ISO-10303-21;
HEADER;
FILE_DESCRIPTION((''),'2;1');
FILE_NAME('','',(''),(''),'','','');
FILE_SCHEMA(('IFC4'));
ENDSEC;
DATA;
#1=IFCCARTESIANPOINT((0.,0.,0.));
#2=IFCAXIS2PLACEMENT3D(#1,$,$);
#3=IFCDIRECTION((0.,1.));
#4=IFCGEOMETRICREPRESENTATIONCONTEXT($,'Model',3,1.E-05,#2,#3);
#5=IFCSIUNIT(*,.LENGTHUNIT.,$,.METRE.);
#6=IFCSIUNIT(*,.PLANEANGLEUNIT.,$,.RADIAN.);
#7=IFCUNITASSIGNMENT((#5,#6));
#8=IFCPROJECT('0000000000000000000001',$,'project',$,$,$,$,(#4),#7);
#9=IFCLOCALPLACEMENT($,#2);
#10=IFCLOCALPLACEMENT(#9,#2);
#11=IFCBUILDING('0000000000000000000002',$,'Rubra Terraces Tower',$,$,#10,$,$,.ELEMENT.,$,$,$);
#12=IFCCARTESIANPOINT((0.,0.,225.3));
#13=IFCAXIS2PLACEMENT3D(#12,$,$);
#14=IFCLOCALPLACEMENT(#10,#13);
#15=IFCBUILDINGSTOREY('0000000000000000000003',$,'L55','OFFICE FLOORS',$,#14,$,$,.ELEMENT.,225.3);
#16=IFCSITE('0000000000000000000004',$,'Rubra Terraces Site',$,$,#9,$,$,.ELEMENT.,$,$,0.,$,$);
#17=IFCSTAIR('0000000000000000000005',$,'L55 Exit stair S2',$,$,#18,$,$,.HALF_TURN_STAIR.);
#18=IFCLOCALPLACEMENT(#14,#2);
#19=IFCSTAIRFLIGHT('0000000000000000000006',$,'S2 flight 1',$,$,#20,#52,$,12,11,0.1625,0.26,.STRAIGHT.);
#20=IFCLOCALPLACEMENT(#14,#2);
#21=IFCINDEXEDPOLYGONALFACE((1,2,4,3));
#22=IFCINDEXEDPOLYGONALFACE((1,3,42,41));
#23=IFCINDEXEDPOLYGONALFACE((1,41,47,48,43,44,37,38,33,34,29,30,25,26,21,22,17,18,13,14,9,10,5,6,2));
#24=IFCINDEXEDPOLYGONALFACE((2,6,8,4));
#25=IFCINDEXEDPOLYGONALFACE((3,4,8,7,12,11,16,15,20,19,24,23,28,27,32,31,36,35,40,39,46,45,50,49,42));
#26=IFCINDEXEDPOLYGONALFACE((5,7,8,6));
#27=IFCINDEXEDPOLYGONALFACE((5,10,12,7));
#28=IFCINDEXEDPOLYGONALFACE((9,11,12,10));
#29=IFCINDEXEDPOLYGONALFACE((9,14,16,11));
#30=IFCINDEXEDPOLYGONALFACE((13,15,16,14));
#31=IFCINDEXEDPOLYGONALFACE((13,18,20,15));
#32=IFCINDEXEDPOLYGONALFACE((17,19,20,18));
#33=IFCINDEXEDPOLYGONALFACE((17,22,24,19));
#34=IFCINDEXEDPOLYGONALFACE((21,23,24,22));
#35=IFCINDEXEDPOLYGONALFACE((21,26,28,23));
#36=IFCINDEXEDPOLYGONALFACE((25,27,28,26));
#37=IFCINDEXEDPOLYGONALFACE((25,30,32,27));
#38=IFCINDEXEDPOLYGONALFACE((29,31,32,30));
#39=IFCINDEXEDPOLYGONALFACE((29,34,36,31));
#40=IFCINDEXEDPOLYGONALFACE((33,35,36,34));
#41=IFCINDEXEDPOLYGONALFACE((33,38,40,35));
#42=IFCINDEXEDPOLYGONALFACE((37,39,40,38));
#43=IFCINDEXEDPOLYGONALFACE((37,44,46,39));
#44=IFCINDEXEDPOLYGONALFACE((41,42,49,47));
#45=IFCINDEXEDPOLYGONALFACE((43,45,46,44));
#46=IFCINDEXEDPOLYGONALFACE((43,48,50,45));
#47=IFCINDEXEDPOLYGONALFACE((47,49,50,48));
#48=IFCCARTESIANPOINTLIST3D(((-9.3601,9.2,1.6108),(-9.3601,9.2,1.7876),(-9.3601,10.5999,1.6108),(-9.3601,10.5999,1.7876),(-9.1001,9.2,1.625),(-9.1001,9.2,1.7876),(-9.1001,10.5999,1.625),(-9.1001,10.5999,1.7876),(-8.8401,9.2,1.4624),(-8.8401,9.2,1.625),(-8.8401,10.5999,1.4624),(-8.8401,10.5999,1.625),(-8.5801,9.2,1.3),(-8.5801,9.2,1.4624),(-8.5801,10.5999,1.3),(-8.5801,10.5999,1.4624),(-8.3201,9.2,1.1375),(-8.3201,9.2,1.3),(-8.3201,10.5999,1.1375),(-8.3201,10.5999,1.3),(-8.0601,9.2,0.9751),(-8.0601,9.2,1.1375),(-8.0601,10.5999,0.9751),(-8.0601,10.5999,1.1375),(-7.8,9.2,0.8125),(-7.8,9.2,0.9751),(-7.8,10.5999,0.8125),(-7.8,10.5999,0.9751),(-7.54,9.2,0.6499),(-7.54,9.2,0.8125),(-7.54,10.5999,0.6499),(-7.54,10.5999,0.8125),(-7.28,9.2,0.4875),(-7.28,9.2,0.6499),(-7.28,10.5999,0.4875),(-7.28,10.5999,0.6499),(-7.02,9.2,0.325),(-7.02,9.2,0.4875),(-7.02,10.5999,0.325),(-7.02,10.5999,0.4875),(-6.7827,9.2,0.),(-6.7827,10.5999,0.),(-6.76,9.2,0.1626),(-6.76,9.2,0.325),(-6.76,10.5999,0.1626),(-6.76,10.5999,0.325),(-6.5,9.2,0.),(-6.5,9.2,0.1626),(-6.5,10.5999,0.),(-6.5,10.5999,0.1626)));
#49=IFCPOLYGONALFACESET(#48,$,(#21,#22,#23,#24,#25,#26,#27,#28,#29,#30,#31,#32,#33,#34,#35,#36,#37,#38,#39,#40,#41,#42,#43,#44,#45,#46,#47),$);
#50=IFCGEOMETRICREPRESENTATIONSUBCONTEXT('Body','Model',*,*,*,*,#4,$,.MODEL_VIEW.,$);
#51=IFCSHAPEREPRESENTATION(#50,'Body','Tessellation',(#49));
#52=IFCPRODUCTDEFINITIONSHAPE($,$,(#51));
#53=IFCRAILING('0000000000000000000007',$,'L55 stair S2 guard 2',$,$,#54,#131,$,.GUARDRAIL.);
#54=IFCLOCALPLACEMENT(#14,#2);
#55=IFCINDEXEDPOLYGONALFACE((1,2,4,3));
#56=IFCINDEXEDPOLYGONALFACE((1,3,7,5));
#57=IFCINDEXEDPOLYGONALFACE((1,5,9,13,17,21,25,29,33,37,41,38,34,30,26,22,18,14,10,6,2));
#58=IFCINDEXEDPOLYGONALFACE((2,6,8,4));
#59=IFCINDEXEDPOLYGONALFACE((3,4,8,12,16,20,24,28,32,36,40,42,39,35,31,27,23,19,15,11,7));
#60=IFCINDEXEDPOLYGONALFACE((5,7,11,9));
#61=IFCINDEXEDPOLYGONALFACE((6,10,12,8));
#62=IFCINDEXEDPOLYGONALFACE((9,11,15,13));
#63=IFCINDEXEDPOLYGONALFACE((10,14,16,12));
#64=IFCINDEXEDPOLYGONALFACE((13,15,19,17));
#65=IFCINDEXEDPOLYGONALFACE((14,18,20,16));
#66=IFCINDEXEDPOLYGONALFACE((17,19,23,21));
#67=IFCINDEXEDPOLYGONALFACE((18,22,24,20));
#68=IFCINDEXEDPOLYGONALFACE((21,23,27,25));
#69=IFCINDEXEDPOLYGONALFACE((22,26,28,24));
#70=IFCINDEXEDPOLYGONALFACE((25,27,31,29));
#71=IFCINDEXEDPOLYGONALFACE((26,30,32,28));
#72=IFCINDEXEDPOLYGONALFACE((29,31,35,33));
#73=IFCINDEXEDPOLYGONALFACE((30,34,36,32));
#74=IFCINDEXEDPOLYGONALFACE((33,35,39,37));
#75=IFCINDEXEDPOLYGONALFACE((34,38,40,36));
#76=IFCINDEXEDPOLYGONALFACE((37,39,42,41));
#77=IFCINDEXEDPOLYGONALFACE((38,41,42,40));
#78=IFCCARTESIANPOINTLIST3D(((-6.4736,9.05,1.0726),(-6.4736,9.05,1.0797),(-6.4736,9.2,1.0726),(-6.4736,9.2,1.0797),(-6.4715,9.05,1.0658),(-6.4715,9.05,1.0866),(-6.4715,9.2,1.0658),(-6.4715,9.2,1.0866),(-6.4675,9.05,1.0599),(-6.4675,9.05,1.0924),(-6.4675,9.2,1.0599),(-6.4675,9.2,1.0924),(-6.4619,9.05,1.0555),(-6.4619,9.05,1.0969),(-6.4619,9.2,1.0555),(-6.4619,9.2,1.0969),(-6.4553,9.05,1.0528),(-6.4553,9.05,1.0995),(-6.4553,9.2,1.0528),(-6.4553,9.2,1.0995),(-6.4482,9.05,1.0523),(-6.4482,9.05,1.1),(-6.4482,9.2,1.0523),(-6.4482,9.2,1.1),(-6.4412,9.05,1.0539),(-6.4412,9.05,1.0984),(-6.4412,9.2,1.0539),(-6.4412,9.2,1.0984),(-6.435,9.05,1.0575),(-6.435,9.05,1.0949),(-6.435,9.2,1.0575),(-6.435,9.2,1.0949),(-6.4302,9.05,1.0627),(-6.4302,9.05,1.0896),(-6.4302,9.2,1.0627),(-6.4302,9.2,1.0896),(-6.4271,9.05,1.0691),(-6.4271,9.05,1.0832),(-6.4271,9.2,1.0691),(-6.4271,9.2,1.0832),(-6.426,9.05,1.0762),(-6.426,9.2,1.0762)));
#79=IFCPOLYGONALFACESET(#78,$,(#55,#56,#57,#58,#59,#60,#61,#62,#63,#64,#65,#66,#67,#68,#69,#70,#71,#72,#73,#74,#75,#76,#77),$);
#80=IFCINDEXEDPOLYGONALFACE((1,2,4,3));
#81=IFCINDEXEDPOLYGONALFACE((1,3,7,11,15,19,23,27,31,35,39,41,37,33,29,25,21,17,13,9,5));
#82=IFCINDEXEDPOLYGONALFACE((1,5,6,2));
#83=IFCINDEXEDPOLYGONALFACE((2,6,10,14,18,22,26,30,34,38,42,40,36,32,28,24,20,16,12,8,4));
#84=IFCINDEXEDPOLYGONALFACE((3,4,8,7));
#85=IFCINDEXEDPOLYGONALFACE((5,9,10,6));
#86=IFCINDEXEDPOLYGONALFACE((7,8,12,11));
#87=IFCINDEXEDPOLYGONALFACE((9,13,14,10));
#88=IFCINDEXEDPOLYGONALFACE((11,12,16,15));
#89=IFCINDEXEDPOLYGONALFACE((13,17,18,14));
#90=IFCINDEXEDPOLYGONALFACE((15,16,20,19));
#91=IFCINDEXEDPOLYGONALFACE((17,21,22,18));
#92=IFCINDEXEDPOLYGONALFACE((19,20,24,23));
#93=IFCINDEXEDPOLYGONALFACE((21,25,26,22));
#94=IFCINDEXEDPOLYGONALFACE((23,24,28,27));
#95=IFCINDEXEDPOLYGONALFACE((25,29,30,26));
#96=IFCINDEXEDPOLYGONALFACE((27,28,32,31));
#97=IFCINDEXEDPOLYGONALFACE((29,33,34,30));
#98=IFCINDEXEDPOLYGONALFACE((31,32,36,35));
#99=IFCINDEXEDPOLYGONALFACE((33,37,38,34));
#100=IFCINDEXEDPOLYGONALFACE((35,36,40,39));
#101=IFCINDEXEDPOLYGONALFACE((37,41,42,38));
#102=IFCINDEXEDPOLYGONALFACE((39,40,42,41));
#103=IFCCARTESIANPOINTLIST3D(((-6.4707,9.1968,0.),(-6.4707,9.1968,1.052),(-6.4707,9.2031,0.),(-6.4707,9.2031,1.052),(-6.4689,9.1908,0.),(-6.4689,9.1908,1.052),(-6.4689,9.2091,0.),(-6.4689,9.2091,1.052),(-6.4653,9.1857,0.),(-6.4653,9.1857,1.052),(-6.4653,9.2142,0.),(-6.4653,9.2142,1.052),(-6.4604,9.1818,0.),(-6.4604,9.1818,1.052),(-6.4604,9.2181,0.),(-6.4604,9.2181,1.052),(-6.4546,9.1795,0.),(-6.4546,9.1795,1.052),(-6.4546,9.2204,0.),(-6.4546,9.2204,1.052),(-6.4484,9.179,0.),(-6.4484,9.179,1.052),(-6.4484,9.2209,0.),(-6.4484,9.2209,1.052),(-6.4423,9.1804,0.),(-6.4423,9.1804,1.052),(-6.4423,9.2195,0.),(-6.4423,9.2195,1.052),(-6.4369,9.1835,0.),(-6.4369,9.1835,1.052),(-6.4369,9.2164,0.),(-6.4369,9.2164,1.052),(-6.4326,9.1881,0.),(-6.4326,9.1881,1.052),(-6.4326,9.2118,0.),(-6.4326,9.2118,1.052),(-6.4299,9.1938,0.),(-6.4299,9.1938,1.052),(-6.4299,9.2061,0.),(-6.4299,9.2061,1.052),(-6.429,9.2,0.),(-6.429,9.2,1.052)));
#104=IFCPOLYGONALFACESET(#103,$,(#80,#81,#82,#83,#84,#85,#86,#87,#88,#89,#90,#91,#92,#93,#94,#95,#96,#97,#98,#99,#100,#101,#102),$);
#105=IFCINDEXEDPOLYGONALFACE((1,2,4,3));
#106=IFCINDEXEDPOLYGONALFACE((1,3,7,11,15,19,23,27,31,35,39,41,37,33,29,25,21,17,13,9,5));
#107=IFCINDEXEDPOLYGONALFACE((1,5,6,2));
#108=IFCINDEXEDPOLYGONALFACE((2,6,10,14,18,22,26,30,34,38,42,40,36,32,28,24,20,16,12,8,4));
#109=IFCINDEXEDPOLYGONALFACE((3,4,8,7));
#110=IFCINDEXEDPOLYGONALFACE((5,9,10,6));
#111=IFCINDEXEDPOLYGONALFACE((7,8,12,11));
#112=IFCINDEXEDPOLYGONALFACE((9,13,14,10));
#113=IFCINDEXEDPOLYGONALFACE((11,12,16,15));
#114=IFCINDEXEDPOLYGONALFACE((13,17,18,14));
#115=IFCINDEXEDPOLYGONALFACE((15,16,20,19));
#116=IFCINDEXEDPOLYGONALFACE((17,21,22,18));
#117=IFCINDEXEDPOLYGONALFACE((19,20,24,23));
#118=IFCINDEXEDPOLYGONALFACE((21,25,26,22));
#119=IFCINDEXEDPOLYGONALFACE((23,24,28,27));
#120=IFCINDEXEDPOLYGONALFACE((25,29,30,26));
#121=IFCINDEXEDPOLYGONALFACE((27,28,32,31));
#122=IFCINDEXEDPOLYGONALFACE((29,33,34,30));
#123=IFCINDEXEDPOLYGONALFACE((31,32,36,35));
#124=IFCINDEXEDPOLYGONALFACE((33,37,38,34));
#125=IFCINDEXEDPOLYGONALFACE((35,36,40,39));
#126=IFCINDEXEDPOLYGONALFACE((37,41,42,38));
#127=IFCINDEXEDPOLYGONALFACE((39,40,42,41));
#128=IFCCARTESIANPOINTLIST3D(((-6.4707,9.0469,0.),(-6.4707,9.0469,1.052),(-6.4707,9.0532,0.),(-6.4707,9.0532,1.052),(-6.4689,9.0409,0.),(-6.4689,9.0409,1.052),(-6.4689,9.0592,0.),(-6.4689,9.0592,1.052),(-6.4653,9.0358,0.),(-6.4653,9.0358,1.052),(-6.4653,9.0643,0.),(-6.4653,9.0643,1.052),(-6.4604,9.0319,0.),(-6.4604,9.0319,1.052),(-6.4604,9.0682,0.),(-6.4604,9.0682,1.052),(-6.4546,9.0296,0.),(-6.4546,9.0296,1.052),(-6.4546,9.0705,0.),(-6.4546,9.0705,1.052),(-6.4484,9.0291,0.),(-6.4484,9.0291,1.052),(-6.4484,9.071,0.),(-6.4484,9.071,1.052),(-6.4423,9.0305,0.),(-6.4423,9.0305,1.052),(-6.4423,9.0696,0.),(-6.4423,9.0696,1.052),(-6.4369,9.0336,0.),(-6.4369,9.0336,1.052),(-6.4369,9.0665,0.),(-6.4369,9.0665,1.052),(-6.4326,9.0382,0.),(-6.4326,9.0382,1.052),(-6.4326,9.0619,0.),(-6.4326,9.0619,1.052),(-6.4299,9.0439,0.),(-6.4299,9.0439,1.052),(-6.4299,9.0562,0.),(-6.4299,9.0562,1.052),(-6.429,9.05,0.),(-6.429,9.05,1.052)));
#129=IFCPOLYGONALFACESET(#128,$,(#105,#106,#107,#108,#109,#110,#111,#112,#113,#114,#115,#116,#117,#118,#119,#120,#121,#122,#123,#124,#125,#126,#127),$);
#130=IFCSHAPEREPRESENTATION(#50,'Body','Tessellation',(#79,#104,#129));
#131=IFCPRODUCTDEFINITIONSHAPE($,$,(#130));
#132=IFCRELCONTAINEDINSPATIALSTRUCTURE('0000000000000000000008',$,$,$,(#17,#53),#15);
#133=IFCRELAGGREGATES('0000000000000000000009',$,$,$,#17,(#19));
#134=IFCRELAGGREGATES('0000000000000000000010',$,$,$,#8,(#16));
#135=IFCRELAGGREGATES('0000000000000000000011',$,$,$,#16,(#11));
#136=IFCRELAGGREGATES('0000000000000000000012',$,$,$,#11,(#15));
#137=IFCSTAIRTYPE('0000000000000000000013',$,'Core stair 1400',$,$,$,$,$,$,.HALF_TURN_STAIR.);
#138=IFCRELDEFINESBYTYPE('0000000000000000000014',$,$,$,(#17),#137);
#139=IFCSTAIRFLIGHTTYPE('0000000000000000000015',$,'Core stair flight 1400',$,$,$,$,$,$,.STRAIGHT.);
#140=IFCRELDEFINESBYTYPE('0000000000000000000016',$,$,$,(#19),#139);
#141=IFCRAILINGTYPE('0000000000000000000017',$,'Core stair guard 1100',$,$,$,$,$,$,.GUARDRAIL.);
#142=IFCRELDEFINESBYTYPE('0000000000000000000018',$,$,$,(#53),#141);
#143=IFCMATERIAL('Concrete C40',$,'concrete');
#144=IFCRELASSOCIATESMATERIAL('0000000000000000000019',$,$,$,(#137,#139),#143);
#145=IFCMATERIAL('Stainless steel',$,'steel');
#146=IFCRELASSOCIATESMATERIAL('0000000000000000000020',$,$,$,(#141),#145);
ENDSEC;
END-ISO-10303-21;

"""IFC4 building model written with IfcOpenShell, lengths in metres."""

from ifc_helpers import new_model, si_unit, direction, frame, origin, origin_2d, place, context, subcontext, project, spatial, polyline, circle, outline, extrude, material, type_object, element, aggregate, save


model = new_model("IFC4")

# Units and contexts
model_context = context("Model", 3, precision=1e-05, world=origin(), true_north=direction((0.0, 1.0)))
body_context = subcontext(model_context, "Body", "Model", "MODEL_VIEW")
ifc_project = project(units=[si_unit("LENGTHUNIT", "METRE"), si_unit("PLANEANGLEUNIT", "RADIAN")], contexts=[model_context])

# Site, building, storey
site_placement = place(None, origin())
site = spatial("IfcSite", under=ifc_project, at=site_placement, Name="Rubra Terraces Site", CompositionType="ELEMENT", RefElevation=0.0)
building_placement = place(site_placement, origin())
building = spatial("IfcBuilding", under=site, at=building_placement, Name="Rubra Terraces Tower", CompositionType="ELEMENT")
storey_placement = place(building_placement, frame((0.0, 0.0, 225.3)))
storey = spatial("IfcBuildingStorey", under=building, at=storey_placement, Name="L55", Description="OFFICE FLOORS", CompositionType="ELEMENT", Elevation=225.3)

# Stair, stair flight
ifc_material_1 = material(Name="Concrete C40", Category="concrete")
stair_type = type_object("IfcStairType", Name="Core stair 1400", PredefinedType="HALF_TURN_STAIR", material=ifc_material_1)
stair_placement = place(storey_placement, origin())
stair = element("IfcStair", 1, at=stair_placement, inside=storey, type_object=stair_type, Name="L55 Exit stair S2", PredefinedType="HALF_TURN_STAIR")
stair_flight_type = type_object("IfcStairFlightType", Name="Core stair flight 1400", PredefinedType="STRAIGHT", material=ifc_material_1)
stair_flight_placement = place(storey_placement, frame((-6.5, 9.8999, 0.0), z_axis=(0.0, 0.0, 1.0), x_axis=(-1.0, 0.0, 0.0)))
stair_flight = element("IfcStairFlight", 2, at=stair_flight_placement, type_object=stair_flight_type, Name="S2 flight 1", NumberOfRisers=12, NumberOfTreads=11, PredefinedType="STRAIGHT", RiserHeight=0.1625, TreadLength=0.26, context=body_context, shape_type="SweptSolid", body=[
    extrude(outline(polyline([(0.0, 0.0), (0.0, 0.1626), (0.26, 0.1626), (0.26, 0.325), (0.52, 0.325), (0.52, 0.4875), (0.78, 0.4875), (0.78, 0.6499), (1.04, 0.6499), (1.04, 0.8125), (1.3, 0.8125), (1.3, 0.9751), (1.5601, 0.9751), (1.5601, 1.1375), (1.8201, 1.1375), (1.8201, 1.3), (2.0801, 1.3), (2.0801, 1.4624), (2.3401, 1.4624), (2.3401, 1.625), (2.6001, 1.625), (2.6001, 1.7876), (2.8601, 1.7876), (2.8601, 1.95), (2.8601, 1.6108), (0.2827, 0.0), (0.0, 0.0)])), frame((0.0, 0.7, 0.0), z_axis=(0.0, -1.0, 0.0), x_axis=(1.0, 0.0, 0.0)), (0.0, 0.0, 1.0), 1.3999),
])
aggregate(stair, [stair_flight])

# Railing
ifc_material_2 = material(Name="Stainless steel", Category="steel")
railing_type_1 = type_object("IfcRailingType", Name="Core stair guard 1100", PredefinedType="GUARDRAIL", material=ifc_material_2)
railing_1_placement = place(storey_placement, frame((-6.45, 9.2, 0.0)))
element("IfcRailing", 3, at=railing_1_placement, inside=storey, type_object=railing_type_1, Name="L55 stair S2 guard 2", PredefinedType="GUARDRAIL", context=body_context, shape_type="SweptSolid", body=[
    extrude(circle(Radius=0.0239, at=origin_2d()), frame((0.0, 0.0, 1.0762), z_axis=(0.0, -1.0, 0.0), x_axis=(1.0, 0.0, 0.0)), (0.0, 0.0, 1.0), 0.1499),
    extrude(circle(Radius=0.021, at=origin_2d()), origin(), (0.0, 0.0, 1.0), 1.052),
    extrude(circle(Radius=0.021, at=origin_2d()), frame((0.0, -0.1499, 0.0)), (0.0, 0.0, 1.0), 1.052),
])

save(model, "model.ifc")
